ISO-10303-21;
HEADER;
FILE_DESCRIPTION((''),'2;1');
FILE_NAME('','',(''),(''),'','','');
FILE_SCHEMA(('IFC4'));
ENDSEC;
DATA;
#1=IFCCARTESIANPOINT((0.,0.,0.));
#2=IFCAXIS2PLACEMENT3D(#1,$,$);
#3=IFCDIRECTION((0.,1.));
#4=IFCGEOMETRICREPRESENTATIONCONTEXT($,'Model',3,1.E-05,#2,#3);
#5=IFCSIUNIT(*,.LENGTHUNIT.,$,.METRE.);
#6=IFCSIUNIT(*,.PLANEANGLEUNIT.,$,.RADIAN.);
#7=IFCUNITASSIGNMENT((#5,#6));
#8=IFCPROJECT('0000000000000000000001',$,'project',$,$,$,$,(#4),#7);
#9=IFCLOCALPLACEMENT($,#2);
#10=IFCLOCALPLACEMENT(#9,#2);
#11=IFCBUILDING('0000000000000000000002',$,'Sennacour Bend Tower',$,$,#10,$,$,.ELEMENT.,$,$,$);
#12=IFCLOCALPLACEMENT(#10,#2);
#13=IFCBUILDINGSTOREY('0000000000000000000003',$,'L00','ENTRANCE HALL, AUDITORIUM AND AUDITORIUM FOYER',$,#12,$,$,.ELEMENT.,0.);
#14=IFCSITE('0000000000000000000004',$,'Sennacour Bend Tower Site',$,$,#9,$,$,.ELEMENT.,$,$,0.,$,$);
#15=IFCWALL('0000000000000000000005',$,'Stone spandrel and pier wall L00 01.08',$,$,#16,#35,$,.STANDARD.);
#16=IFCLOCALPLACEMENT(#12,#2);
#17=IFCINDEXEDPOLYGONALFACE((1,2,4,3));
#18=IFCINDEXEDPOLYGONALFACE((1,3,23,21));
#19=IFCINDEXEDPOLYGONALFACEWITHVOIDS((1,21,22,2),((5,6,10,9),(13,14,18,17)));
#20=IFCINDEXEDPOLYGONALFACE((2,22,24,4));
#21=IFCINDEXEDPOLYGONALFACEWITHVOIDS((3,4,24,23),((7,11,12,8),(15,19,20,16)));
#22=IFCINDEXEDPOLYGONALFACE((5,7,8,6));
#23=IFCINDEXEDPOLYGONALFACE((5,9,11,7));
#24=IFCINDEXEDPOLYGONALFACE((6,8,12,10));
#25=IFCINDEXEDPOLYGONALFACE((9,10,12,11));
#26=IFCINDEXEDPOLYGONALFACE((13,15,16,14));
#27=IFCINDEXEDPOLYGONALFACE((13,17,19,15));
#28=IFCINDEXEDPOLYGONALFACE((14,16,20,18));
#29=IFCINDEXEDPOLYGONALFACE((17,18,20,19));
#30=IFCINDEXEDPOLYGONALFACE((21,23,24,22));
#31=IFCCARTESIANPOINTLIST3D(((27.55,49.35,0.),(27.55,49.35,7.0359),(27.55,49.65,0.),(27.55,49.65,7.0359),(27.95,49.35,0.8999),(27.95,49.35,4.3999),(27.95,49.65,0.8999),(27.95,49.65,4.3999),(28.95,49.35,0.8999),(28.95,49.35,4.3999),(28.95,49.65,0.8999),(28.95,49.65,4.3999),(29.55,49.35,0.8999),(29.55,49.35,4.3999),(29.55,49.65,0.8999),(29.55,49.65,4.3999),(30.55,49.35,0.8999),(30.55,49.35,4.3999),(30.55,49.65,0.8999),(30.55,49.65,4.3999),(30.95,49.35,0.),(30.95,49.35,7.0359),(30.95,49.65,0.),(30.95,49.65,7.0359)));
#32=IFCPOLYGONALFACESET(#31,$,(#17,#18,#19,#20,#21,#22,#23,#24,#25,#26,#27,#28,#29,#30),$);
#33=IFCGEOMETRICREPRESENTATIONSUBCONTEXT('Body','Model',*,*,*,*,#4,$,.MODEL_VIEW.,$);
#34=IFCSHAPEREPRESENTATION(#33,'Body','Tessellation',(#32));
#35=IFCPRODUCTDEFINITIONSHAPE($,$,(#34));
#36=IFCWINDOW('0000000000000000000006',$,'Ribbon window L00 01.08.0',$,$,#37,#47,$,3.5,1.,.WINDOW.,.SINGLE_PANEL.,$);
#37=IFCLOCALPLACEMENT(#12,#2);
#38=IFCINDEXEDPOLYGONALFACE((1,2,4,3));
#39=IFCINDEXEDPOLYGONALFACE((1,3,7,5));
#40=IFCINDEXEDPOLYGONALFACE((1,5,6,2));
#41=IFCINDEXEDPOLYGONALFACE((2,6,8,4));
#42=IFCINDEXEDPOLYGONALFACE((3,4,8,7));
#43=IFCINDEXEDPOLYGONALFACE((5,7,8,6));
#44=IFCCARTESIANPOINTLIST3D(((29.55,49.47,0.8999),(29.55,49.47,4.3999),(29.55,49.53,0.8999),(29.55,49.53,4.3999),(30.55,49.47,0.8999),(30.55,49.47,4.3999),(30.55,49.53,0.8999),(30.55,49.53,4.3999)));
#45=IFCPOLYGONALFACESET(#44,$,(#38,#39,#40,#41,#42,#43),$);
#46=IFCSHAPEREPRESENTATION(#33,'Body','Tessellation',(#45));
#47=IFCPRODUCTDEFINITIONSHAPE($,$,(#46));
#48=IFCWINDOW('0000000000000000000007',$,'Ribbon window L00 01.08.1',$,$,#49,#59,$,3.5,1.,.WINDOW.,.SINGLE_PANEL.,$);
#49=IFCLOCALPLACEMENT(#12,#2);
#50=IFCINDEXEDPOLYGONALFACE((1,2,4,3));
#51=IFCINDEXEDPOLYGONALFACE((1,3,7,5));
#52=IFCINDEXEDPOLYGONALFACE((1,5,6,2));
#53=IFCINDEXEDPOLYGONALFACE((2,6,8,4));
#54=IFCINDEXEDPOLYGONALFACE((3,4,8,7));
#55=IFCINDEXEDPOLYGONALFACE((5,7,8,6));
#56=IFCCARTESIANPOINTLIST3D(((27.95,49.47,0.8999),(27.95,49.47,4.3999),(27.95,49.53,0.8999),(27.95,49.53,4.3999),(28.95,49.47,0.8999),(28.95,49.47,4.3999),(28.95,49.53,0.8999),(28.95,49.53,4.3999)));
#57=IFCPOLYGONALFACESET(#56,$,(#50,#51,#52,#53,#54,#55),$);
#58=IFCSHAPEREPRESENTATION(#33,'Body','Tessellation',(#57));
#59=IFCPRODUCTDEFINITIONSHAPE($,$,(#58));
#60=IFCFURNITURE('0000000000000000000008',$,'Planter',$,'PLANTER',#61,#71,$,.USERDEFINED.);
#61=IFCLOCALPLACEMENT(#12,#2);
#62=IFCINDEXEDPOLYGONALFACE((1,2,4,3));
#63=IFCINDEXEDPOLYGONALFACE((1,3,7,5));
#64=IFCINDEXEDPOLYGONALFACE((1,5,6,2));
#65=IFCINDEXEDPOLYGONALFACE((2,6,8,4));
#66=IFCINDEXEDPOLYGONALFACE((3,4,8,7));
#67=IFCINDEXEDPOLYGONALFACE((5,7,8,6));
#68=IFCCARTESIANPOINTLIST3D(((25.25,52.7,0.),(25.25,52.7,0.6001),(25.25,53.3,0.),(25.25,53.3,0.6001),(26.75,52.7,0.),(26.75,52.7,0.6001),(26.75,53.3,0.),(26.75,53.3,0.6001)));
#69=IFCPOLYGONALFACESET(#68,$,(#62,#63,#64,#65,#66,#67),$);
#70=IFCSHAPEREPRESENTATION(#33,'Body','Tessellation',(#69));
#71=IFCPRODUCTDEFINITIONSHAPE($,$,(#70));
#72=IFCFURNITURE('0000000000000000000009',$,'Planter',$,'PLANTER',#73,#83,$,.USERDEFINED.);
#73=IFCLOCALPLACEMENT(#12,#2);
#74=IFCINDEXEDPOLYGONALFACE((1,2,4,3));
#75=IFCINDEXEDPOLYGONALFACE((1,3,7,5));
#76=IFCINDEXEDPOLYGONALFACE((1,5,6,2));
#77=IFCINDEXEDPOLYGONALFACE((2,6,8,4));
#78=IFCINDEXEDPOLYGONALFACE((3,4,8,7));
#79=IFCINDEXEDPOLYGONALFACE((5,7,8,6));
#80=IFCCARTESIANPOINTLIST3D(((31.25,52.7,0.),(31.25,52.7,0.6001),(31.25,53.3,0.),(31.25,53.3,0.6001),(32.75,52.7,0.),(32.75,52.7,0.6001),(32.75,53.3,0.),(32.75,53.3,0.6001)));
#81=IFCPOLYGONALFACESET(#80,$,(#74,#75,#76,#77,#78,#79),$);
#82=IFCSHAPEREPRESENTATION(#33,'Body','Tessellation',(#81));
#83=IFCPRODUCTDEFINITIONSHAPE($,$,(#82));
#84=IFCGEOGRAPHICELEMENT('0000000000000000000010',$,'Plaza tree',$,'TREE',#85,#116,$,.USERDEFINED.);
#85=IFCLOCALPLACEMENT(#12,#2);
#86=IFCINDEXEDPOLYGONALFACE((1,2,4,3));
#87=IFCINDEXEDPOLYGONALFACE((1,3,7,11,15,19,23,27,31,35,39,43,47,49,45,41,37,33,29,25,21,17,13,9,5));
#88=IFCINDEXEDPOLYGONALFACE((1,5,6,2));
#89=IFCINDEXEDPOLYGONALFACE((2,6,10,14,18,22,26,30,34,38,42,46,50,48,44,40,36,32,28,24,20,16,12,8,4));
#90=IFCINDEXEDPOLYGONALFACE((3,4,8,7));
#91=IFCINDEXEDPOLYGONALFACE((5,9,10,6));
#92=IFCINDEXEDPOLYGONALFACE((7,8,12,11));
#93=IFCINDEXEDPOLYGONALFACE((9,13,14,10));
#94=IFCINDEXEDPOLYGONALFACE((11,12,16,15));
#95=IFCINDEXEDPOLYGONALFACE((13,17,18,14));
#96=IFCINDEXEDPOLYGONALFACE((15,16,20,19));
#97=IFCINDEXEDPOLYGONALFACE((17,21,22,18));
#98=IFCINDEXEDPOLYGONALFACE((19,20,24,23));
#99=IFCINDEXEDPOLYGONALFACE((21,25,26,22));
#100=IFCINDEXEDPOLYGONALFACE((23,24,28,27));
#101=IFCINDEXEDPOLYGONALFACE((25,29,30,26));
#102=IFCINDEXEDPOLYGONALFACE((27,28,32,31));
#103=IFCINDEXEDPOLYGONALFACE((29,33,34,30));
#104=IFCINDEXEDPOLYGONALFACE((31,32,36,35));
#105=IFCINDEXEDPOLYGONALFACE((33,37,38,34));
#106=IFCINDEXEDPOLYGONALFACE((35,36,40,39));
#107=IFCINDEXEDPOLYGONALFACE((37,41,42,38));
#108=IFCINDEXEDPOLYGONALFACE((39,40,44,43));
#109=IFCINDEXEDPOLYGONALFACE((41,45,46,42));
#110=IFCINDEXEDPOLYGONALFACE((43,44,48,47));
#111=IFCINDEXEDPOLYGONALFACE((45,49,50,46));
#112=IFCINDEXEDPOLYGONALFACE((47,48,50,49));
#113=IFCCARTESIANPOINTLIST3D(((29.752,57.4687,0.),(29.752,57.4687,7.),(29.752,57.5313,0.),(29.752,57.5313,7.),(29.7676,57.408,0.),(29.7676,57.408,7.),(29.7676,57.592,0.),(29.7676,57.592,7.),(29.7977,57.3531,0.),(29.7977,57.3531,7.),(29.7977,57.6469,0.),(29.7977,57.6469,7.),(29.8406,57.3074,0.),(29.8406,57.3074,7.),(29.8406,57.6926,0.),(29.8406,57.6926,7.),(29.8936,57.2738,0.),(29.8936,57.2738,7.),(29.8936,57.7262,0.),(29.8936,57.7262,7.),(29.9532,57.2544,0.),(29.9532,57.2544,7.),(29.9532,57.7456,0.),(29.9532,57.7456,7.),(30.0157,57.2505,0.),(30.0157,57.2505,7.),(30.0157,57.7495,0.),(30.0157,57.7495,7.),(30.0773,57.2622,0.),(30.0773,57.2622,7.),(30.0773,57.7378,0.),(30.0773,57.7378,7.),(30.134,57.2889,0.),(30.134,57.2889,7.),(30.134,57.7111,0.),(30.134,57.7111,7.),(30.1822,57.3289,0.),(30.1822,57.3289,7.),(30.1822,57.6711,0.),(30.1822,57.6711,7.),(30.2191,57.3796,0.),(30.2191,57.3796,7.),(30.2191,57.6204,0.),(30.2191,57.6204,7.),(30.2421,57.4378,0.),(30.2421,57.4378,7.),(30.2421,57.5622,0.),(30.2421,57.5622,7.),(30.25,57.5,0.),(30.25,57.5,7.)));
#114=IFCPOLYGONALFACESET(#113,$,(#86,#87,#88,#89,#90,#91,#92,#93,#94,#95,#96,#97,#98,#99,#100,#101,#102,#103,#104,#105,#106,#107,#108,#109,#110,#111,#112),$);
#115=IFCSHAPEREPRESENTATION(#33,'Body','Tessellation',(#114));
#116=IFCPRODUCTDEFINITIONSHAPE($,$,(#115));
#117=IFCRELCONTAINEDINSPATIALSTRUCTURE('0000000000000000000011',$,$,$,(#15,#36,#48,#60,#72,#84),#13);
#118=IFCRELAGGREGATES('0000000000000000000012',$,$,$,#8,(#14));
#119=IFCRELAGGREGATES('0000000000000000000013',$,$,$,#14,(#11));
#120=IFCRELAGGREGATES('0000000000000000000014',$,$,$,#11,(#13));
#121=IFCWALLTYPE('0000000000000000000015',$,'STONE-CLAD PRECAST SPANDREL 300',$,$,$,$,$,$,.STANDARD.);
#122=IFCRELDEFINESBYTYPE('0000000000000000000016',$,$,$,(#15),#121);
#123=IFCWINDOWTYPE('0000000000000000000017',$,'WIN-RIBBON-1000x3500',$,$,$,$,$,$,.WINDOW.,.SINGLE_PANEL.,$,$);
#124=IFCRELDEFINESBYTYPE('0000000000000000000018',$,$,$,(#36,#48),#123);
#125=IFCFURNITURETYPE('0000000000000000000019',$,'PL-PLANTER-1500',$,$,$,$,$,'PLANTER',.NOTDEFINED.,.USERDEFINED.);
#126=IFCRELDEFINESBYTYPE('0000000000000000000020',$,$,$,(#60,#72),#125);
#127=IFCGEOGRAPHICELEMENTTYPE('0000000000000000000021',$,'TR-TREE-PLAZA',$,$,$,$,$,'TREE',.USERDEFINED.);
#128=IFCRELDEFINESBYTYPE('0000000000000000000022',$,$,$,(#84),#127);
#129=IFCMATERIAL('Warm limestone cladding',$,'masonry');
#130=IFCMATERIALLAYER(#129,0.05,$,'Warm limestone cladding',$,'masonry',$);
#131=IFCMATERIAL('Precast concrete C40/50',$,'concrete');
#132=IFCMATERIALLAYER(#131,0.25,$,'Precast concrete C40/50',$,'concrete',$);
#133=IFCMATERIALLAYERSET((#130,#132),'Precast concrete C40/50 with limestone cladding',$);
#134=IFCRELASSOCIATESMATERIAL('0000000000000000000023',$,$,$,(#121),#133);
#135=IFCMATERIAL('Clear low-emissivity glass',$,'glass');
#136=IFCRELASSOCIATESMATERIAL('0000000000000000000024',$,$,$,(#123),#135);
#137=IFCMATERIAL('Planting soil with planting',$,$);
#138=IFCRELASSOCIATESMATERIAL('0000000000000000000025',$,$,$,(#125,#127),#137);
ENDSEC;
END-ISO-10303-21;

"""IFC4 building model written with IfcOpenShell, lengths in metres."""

from ifc_helpers import new_model, si_unit, direction, frame, frame_2d, origin, origin_2d, place, context, subcontext, project, spatial, rectangle, circle, extrude, material, layer, layer_set, type_object, element, fill, save


model = new_model("IFC4")

# Units and contexts
model_context = context("Model", 3, precision=1e-05, world=origin(), true_north=direction((0.0, 1.0)))
body_context = subcontext(model_context, "Body", "Model", "MODEL_VIEW")
ifc_project = project(units=[si_unit("LENGTHUNIT", "METRE"), si_unit("PLANEANGLEUNIT", "RADIAN")], contexts=[model_context])

# Site, building, storey
site_placement = place(None, origin())
site = spatial("IfcSite", under=ifc_project, at=site_placement, Name="Sennacour Bend Tower Site", CompositionType="ELEMENT", RefElevation=0.0)
building_placement = place(site_placement, origin())
building = spatial("IfcBuilding", under=site, at=building_placement, Name="Sennacour Bend Tower", CompositionType="ELEMENT")
storey_placement = place(building_placement, origin())
storey = spatial("IfcBuildingStorey", under=building, at=storey_placement, Name="L00", Description="ENTRANCE HALL, AUDITORIUM AND AUDITORIUM FOYER", CompositionType="ELEMENT", Elevation=0.0)

# Shared definitions
ifc_material_1 = material(Name="Precast concrete C40/50", Category="concrete")

# Wall, openings, windows
ifc_material_2 = material(Name="Warm limestone cladding", Category="masonry")
ifc_layer_1 = layer(ifc_material_2, 0.05, Name="Warm limestone cladding", Category="masonry")
ifc_layer_2 = layer(ifc_material_1, 0.25, Name="Precast concrete C40/50", Category="concrete")
ifc_layer_set_1 = layer_set([ifc_layer_1, ifc_layer_2], Name="Precast concrete C40/50 with limestone cladding")
wall_type_1 = type_object("IfcWallType", Name="STONE-CLAD PRECAST SPANDREL 300", PredefinedType="STANDARD", material=ifc_layer_set_1)
ifc_material_3 = material(Name="Clear low-emissivity glass", Category="glass")
window_type = type_object("IfcWindowType", Name="WIN-RIBBON-1000x3500", PartitioningType="SINGLE_PANEL", PredefinedType="WINDOW", material=ifc_material_3)
wall_1_placement = place(storey_placement, frame((30.95, 49.5, 0.0), z_axis=(0.0, 0.0, 1.0), x_axis=(-1.0, 0.0, 0.0)))
wall_1 = element("IfcWall", 1, at=wall_1_placement, inside=storey, type_object=wall_type_1, Name="Stone spandrel and pier wall L00 01.08", PredefinedType="STANDARD", context=body_context, shape_type="SweptSolid", body=[
    extrude(rectangle(XDim=3.3999, YDim=0.3, at=frame_2d((1.7, 0.0))), origin(), (0.0, 0.0, 1.0), 7.0359),
])
opening_1_placement = place(wall_1_placement, frame((0.3999, 0.0, 0.8999)))
opening_1 = element("IfcOpeningElement", 2, at=opening_1_placement, cuts=wall_1, PredefinedType="OPENING", context=body_context, shape_type="SweptSolid", body=[
    extrude(rectangle(XDim=1.0, YDim=3.5, at=frame_2d((0.5, 1.75))), frame((0.0, 0.1602, 0.0), z_axis=(0.0, -1.0, 0.0), x_axis=(1.0, 0.0, 0.0)), (0.0, 0.0, 1.0), 0.3201),
])
opening_2_placement = place(wall_1_placement, frame((2.0, 0.0, 0.8999)))
opening_2 = element("IfcOpeningElement", 3, at=opening_2_placement, cuts=wall_1, PredefinedType="OPENING", context=body_context, shape_type="SweptSolid", body=[
    extrude(rectangle(XDim=1.0, YDim=3.5, at=frame_2d((0.5, 1.75))), frame((0.0, 0.1602, 0.0), z_axis=(0.0, -1.0, 0.0), x_axis=(1.0, 0.0, 0.0)), (0.0, 0.0, 1.0), 0.3201),
])
window_1_placement = place(opening_1_placement, origin())
window_1 = element("IfcWindow", 4, at=window_1_placement, inside=storey, type_object=window_type, Name="Ribbon window L00 01.08.0", OverallHeight=3.5, OverallWidth=1.0, PartitioningType="SINGLE_PANEL", PredefinedType="WINDOW", context=body_context, shape_type="SweptSolid", body=[
    extrude(rectangle(XDim=1.0, YDim=3.5, at=frame_2d((0.5, 1.75))), frame((0.0, 0.03, 0.0), z_axis=(0.0, -1.0, 0.0), x_axis=(1.0, 0.0, 0.0)), (0.0, 0.0, 1.0), 0.0601),
])
fill(opening_1, window_1)
window_2_placement = place(opening_2_placement, origin())
window_2 = element("IfcWindow", 5, at=window_2_placement, inside=storey, type_object=window_type, Name="Ribbon window L00 01.08.1", OverallHeight=3.5, OverallWidth=1.0, PartitioningType="SINGLE_PANEL", PredefinedType="WINDOW", context=body_context, shape_type="SweptSolid", body=[
    extrude(rectangle(XDim=1.0, YDim=3.5, at=frame_2d((0.5, 1.75))), frame((0.0, 0.03, 0.0), z_axis=(0.0, -1.0, 0.0), x_axis=(1.0, 0.0, 0.0)), (0.0, 0.0, 1.0), 0.0601),
])
fill(opening_2, window_2)

# Furniture
ifc_material_4 = material(Name="Planting soil with planting")
furniture_type = type_object("IfcFurnitureType", Name="PL-PLANTER-1500", ElementType="PLANTER", AssemblyPlace="NOTDEFINED", PredefinedType="USERDEFINED", material=ifc_material_4)
for number, where, z_axis, x_axis, name in (
    (6, (26.0, 53.0, 0.0), (0.0, 0.0, 1.0), (1.0, 0.0, 0.0), "Planter"),
    (7, (32.0, 53.0, 0.0), (0.0, 0.0, 1.0), (1.0, 0.0, 0.0), "Planter"),
):
    element("IfcFurniture", number, at=place(storey_placement, frame(where, z_axis=z_axis, x_axis=x_axis)), inside=storey, type_object=furniture_type, Name=name, ObjectType="PLANTER", PredefinedType="USERDEFINED", context=body_context, shape_type="SweptSolid", body=[
        extrude(rectangle(XDim=1.5, YDim=0.6001, at=origin_2d()), origin(), (0.0, 0.0, 1.0), 0.6001),
    ])

# Geographic element
geographic_element_type = type_object("IfcGeographicElementType", Name="TR-TREE-PLAZA", ElementType="TREE", PredefinedType="USERDEFINED", material=ifc_material_4)
geographic_element_placement = place(storey_placement, frame((30.0, 57.5, 7.0), z_axis=(0.0, 0.0, -1.0), x_axis=(1.0, 0.0, 0.0)))
element("IfcGeographicElement", 8, at=geographic_element_placement, inside=storey, type_object=geographic_element_type, Name="Plaza tree", ObjectType="TREE", PredefinedType="USERDEFINED", context=body_context, shape_type="SweptSolid", body=[
    extrude(circle(Radius=0.25, at=origin_2d()), origin(), (0.0, 0.0, 1.0), 7.0),
])

save(model, "model.ifc")
